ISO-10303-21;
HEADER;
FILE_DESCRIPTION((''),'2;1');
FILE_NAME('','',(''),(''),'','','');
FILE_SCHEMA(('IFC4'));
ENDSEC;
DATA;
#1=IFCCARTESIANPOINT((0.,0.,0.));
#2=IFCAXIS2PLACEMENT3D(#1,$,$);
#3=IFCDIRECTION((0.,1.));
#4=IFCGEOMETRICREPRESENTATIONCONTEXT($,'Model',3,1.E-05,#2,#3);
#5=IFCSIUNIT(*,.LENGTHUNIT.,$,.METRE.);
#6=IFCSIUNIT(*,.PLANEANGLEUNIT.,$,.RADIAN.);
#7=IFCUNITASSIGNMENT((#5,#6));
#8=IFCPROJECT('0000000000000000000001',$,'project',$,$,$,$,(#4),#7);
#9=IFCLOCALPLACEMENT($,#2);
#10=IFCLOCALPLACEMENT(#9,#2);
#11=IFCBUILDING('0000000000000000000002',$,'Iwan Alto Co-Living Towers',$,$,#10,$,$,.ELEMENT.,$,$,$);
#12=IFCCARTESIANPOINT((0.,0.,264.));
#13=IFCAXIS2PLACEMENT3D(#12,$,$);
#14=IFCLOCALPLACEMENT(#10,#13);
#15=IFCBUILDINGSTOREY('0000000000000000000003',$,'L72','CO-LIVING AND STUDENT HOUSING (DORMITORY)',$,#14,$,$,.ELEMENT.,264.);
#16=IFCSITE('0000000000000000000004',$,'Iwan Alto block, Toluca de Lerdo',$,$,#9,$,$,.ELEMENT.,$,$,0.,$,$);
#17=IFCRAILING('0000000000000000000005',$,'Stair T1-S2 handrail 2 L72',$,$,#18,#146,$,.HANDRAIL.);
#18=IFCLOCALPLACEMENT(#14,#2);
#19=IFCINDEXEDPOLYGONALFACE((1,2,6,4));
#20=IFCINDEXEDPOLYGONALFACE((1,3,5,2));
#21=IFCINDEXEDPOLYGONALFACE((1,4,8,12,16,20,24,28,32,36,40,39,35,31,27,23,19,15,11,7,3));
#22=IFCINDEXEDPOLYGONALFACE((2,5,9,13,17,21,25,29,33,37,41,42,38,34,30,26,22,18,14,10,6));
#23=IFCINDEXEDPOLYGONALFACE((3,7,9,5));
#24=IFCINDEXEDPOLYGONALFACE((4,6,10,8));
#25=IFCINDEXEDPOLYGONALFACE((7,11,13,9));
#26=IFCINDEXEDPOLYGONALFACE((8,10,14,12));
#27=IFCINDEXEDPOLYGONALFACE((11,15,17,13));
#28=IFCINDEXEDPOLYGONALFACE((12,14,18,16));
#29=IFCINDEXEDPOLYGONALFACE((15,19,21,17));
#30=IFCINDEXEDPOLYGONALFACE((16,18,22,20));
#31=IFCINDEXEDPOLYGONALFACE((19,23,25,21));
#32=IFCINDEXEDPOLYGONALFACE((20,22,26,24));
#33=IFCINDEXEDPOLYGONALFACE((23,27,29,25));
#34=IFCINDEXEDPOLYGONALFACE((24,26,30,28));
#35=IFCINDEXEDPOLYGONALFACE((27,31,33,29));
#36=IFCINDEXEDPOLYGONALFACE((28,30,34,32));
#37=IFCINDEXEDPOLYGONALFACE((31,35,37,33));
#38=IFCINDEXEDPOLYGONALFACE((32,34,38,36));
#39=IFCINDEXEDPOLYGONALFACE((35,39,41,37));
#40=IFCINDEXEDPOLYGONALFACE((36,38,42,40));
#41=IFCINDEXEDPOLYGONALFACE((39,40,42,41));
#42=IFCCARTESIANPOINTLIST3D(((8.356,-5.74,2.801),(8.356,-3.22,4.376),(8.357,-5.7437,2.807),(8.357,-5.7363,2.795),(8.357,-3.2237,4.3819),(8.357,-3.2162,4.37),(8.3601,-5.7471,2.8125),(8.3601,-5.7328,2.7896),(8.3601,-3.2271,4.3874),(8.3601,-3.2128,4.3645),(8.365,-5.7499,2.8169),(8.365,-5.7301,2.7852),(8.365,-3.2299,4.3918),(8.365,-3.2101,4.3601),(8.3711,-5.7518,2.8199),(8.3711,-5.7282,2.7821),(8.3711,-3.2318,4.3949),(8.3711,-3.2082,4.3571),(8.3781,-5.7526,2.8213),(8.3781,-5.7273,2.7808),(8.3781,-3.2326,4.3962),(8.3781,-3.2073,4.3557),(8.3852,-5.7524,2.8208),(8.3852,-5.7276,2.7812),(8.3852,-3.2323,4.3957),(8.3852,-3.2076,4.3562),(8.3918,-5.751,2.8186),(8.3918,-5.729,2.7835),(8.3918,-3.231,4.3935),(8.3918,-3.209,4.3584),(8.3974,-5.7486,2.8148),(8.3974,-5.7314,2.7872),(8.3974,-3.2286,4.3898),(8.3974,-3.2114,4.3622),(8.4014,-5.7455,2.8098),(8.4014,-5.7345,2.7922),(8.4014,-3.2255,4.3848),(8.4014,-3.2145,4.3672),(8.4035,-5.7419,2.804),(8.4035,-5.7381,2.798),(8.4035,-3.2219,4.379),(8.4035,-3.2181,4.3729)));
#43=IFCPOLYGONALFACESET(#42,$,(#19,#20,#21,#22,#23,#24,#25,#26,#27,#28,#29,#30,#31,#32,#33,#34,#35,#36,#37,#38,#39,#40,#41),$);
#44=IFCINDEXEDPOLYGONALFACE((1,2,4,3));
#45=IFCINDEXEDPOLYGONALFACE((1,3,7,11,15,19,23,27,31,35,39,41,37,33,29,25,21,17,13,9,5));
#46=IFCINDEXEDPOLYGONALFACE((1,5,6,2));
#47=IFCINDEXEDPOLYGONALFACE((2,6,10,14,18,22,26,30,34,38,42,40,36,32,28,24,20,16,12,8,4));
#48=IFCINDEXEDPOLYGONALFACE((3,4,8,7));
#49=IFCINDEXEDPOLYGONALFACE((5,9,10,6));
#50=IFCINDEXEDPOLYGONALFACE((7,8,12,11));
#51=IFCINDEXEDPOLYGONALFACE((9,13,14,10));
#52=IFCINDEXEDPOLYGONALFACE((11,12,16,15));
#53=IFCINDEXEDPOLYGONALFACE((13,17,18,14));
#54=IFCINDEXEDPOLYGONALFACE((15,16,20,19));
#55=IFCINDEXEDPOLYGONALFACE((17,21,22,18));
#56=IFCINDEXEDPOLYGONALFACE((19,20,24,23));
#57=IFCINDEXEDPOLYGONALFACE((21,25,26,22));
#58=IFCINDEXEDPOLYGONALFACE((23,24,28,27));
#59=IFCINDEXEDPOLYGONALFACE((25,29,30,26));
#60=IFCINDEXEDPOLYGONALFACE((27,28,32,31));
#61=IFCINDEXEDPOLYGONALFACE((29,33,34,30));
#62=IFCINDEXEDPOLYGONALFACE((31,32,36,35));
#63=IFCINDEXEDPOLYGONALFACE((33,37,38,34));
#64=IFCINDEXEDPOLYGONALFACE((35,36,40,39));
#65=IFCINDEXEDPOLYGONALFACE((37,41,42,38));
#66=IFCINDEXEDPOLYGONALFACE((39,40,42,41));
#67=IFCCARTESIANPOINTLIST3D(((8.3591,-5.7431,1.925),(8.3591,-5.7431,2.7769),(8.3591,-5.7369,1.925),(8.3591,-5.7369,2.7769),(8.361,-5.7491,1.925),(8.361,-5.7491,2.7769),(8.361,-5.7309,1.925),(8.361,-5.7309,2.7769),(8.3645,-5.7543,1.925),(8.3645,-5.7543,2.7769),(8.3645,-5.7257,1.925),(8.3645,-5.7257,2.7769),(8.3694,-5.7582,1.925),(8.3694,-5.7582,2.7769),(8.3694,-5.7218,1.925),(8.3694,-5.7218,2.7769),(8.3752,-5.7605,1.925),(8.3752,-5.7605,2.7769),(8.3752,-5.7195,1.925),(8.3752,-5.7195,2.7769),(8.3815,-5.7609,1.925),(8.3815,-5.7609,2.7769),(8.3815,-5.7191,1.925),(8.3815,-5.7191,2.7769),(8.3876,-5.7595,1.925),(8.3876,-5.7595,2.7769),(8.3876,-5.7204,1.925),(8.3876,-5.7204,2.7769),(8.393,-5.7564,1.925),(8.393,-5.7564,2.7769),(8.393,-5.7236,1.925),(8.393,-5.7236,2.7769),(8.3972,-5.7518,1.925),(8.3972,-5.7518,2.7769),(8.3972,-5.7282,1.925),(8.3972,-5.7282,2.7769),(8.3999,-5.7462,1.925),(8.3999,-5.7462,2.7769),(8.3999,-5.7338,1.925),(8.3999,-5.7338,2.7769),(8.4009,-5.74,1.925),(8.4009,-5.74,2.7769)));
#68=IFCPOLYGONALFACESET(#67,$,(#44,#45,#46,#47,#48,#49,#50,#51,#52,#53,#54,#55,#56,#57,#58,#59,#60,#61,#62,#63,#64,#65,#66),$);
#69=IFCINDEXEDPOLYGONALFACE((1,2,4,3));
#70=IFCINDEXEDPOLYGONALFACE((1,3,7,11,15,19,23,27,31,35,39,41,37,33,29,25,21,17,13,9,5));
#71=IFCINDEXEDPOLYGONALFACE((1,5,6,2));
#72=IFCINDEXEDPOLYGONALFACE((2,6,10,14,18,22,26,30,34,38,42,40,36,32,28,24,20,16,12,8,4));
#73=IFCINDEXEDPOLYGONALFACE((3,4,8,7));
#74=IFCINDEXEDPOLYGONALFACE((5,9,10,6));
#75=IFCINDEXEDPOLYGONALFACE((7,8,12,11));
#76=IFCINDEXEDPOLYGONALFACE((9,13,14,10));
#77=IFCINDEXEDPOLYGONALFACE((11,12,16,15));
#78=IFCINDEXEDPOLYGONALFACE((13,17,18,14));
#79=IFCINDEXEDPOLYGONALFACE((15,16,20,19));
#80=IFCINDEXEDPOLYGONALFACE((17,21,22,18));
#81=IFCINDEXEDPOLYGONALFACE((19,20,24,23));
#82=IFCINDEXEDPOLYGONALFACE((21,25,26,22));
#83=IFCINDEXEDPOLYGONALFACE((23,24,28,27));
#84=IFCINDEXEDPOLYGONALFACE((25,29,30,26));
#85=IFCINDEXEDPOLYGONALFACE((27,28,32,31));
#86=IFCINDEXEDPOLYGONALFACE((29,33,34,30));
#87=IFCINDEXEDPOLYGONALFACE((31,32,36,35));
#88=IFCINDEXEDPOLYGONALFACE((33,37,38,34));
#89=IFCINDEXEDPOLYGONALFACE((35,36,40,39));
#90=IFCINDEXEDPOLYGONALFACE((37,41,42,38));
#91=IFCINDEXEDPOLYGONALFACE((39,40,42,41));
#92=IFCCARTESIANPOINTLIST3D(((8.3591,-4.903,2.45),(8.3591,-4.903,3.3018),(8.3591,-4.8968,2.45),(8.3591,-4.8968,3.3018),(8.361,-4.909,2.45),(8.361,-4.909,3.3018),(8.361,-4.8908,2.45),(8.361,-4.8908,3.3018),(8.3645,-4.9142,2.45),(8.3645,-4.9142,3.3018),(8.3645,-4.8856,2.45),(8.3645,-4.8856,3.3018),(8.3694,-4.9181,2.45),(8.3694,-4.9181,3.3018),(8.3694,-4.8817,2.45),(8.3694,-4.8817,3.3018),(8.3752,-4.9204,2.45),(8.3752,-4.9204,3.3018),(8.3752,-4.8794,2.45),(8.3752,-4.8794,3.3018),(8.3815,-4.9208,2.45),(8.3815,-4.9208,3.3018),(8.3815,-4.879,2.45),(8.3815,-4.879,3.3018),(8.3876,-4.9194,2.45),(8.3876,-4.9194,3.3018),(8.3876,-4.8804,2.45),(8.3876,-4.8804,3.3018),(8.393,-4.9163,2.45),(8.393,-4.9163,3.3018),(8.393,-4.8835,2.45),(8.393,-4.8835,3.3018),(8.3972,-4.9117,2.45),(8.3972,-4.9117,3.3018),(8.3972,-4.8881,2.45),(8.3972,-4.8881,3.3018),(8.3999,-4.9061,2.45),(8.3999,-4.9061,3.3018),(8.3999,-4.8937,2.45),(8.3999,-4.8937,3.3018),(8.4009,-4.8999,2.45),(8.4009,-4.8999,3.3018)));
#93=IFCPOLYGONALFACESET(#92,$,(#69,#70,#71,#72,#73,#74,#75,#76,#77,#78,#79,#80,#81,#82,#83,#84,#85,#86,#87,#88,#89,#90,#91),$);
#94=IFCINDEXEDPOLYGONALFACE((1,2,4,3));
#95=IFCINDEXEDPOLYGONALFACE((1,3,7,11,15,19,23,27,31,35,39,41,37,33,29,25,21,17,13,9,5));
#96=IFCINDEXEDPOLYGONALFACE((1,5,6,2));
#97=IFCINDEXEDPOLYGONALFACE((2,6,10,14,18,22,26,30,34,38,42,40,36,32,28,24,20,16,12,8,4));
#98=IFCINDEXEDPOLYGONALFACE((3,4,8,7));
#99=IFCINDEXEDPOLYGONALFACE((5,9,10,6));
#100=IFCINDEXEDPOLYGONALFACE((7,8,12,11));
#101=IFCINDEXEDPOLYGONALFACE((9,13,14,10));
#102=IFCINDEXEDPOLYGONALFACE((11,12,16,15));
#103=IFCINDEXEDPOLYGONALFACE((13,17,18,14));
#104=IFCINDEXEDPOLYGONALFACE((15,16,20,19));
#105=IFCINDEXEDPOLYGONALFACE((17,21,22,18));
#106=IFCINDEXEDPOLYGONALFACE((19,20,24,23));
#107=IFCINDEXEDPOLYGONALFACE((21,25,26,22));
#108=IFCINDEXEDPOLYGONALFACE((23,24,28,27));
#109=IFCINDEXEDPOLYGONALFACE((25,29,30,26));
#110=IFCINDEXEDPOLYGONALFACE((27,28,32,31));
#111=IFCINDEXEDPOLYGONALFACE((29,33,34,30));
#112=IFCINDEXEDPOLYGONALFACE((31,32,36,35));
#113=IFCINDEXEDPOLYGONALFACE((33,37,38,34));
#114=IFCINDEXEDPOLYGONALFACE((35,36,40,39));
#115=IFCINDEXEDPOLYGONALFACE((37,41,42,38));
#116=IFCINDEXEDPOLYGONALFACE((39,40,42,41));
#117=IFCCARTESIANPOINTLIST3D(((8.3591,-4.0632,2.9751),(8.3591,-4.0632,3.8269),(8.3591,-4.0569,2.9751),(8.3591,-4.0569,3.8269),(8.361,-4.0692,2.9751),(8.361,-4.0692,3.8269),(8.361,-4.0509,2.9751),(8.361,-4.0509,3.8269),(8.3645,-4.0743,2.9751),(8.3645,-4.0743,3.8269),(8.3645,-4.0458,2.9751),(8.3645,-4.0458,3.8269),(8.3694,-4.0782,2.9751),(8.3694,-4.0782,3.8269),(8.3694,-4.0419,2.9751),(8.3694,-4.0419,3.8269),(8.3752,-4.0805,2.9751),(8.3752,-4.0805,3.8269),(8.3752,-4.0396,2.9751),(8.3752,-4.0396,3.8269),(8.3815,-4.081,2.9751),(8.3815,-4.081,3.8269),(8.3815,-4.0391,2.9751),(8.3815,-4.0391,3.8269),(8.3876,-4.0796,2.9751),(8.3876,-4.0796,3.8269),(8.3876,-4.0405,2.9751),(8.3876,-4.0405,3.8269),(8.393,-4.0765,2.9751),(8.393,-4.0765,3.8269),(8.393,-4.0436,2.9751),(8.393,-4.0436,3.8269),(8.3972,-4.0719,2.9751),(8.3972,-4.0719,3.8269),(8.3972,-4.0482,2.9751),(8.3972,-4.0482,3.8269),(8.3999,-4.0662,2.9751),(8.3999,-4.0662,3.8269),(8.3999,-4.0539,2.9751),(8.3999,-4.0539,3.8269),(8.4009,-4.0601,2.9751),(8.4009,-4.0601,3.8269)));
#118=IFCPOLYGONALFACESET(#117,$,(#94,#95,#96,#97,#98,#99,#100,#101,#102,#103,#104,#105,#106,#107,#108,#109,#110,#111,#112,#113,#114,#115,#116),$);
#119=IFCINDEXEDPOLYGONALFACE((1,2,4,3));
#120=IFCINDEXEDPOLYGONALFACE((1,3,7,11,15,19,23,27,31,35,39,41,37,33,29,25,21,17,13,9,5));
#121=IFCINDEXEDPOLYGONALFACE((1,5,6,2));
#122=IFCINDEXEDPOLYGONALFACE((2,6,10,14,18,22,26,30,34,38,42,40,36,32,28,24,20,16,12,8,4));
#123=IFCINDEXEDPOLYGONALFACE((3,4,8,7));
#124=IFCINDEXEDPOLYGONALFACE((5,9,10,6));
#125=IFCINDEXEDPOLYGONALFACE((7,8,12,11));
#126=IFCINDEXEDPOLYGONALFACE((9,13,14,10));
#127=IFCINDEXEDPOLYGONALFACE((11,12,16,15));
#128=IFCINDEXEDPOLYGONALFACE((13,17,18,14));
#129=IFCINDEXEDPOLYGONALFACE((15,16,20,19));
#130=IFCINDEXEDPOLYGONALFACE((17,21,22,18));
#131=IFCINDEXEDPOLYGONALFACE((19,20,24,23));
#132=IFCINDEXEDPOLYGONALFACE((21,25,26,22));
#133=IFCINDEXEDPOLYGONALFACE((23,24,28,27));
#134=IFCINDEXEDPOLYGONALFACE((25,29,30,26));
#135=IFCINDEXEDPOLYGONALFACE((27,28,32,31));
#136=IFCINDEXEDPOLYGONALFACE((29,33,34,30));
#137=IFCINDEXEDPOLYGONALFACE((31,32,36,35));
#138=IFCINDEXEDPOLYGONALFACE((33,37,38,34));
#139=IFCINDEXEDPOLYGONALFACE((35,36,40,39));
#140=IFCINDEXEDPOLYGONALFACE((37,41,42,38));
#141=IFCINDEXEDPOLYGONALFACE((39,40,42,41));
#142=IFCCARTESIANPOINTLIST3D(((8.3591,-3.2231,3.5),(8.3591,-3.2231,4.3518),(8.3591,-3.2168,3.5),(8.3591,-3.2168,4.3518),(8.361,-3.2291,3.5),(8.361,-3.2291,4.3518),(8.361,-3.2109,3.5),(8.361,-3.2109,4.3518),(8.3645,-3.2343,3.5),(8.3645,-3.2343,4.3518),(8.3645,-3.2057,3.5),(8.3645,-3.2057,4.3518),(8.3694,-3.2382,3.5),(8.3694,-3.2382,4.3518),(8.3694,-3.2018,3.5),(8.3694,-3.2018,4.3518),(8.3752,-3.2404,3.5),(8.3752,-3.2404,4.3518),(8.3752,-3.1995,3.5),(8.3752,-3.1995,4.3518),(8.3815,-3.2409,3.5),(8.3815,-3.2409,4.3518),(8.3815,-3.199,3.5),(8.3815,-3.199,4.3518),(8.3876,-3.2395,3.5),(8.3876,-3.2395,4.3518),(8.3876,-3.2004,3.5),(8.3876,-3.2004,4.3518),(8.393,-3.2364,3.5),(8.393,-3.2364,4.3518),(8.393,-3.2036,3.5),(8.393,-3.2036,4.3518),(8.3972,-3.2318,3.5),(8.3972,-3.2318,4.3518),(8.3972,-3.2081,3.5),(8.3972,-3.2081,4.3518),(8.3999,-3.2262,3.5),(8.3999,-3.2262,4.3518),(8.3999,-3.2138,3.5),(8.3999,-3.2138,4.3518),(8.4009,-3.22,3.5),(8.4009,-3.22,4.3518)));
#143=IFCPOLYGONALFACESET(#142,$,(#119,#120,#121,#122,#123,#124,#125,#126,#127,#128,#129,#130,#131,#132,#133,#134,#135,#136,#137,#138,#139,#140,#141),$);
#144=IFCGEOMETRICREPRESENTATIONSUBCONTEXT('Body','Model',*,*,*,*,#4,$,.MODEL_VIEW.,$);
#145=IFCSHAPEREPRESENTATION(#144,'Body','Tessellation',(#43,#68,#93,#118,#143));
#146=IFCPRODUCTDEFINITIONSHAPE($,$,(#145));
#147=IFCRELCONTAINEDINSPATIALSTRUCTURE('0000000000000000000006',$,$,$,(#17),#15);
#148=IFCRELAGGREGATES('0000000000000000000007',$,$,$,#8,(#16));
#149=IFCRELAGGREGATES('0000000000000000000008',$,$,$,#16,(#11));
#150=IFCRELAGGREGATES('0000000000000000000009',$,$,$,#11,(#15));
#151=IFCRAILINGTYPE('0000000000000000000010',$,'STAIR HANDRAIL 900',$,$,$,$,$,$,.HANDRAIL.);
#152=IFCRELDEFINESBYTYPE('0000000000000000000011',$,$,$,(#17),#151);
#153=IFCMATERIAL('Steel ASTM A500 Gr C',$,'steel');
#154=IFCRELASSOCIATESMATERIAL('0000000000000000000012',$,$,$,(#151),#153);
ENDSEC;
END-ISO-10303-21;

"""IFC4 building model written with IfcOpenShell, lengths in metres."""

from ifc_helpers import new_model, si_unit, direction, frame, origin, origin_2d, place, context, subcontext, project, spatial, circle, extrude, material, type_object, element, save


model = new_model("IFC4")

# Units and contexts
model_context = context("Model", 3, precision=1e-05, world=origin(), true_north=direction((0.0, 1.0)))
body_context = subcontext(model_context, "Body", "Model", "MODEL_VIEW")
ifc_project = project(units=[si_unit("LENGTHUNIT", "METRE"), si_unit("PLANEANGLEUNIT", "RADIAN")], contexts=[model_context])

# Site, building, storey
site_placement = place(None, origin())
site = spatial("IfcSite", under=ifc_project, at=site_placement, Name="Iwan Alto block, Toluca de Lerdo", CompositionType="ELEMENT", RefElevation=0.0)
building_placement = place(site_placement, origin())
building = spatial("IfcBuilding", under=site, at=building_placement, Name="Iwan Alto Co-Living Towers", CompositionType="ELEMENT")
storey_placement = place(building_placement, frame((0.0, 0.0, 264.0)))
storey = spatial("IfcBuildingStorey", under=building, at=storey_placement, Name="L72", Description="CO-LIVING AND STUDENT HOUSING (DORMITORY)", CompositionType="ELEMENT", Elevation=264.0)

# Railing
ifc_material_1 = material(Name="Steel ASTM A500 Gr C", Category="steel")
railing_type_1 = type_object("IfcRailingType", Name="STAIR HANDRAIL 900", PredefinedType="HANDRAIL", material=ifc_material_1)
railing_1_placement = place(storey_placement, frame((8.3799, -5.74, 1.925)))
element("IfcRailing", 1, at=railing_1_placement, inside=storey, type_object=railing_type_1, Name="Stair T1-S2 handrail 2 L72", PredefinedType="HANDRAIL", context=body_context, shape_type="SweptSolid", body=[
    extrude(circle(Radius=0.0239, at=origin_2d()), frame((0.0, 0.0, 0.876), z_axis=(0.0, 0.848008, 0.529984), x_axis=(-1.0, 0.0, 0.0)), (0.0, 0.0, 1.0), 2.9717),
    extrude(circle(Radius=0.021, at=origin_2d()), origin(), (0.0, 0.0, 1.0), 0.8518),
    extrude(circle(Radius=0.021, at=origin_2d()), frame((0.0, 0.8401, 0.5249)), (0.0, 0.0, 1.0), 0.8518),
    extrude(circle(Radius=0.021, at=origin_2d()), frame((0.0, 1.6799, 1.05)), (0.0, 0.0, 1.0), 0.8518),
    extrude(circle(Radius=0.021, at=origin_2d()), frame((0.0, 2.52, 1.575)), (0.0, 0.0, 1.0), 0.8518),
])

save(model, "model.ifc")
